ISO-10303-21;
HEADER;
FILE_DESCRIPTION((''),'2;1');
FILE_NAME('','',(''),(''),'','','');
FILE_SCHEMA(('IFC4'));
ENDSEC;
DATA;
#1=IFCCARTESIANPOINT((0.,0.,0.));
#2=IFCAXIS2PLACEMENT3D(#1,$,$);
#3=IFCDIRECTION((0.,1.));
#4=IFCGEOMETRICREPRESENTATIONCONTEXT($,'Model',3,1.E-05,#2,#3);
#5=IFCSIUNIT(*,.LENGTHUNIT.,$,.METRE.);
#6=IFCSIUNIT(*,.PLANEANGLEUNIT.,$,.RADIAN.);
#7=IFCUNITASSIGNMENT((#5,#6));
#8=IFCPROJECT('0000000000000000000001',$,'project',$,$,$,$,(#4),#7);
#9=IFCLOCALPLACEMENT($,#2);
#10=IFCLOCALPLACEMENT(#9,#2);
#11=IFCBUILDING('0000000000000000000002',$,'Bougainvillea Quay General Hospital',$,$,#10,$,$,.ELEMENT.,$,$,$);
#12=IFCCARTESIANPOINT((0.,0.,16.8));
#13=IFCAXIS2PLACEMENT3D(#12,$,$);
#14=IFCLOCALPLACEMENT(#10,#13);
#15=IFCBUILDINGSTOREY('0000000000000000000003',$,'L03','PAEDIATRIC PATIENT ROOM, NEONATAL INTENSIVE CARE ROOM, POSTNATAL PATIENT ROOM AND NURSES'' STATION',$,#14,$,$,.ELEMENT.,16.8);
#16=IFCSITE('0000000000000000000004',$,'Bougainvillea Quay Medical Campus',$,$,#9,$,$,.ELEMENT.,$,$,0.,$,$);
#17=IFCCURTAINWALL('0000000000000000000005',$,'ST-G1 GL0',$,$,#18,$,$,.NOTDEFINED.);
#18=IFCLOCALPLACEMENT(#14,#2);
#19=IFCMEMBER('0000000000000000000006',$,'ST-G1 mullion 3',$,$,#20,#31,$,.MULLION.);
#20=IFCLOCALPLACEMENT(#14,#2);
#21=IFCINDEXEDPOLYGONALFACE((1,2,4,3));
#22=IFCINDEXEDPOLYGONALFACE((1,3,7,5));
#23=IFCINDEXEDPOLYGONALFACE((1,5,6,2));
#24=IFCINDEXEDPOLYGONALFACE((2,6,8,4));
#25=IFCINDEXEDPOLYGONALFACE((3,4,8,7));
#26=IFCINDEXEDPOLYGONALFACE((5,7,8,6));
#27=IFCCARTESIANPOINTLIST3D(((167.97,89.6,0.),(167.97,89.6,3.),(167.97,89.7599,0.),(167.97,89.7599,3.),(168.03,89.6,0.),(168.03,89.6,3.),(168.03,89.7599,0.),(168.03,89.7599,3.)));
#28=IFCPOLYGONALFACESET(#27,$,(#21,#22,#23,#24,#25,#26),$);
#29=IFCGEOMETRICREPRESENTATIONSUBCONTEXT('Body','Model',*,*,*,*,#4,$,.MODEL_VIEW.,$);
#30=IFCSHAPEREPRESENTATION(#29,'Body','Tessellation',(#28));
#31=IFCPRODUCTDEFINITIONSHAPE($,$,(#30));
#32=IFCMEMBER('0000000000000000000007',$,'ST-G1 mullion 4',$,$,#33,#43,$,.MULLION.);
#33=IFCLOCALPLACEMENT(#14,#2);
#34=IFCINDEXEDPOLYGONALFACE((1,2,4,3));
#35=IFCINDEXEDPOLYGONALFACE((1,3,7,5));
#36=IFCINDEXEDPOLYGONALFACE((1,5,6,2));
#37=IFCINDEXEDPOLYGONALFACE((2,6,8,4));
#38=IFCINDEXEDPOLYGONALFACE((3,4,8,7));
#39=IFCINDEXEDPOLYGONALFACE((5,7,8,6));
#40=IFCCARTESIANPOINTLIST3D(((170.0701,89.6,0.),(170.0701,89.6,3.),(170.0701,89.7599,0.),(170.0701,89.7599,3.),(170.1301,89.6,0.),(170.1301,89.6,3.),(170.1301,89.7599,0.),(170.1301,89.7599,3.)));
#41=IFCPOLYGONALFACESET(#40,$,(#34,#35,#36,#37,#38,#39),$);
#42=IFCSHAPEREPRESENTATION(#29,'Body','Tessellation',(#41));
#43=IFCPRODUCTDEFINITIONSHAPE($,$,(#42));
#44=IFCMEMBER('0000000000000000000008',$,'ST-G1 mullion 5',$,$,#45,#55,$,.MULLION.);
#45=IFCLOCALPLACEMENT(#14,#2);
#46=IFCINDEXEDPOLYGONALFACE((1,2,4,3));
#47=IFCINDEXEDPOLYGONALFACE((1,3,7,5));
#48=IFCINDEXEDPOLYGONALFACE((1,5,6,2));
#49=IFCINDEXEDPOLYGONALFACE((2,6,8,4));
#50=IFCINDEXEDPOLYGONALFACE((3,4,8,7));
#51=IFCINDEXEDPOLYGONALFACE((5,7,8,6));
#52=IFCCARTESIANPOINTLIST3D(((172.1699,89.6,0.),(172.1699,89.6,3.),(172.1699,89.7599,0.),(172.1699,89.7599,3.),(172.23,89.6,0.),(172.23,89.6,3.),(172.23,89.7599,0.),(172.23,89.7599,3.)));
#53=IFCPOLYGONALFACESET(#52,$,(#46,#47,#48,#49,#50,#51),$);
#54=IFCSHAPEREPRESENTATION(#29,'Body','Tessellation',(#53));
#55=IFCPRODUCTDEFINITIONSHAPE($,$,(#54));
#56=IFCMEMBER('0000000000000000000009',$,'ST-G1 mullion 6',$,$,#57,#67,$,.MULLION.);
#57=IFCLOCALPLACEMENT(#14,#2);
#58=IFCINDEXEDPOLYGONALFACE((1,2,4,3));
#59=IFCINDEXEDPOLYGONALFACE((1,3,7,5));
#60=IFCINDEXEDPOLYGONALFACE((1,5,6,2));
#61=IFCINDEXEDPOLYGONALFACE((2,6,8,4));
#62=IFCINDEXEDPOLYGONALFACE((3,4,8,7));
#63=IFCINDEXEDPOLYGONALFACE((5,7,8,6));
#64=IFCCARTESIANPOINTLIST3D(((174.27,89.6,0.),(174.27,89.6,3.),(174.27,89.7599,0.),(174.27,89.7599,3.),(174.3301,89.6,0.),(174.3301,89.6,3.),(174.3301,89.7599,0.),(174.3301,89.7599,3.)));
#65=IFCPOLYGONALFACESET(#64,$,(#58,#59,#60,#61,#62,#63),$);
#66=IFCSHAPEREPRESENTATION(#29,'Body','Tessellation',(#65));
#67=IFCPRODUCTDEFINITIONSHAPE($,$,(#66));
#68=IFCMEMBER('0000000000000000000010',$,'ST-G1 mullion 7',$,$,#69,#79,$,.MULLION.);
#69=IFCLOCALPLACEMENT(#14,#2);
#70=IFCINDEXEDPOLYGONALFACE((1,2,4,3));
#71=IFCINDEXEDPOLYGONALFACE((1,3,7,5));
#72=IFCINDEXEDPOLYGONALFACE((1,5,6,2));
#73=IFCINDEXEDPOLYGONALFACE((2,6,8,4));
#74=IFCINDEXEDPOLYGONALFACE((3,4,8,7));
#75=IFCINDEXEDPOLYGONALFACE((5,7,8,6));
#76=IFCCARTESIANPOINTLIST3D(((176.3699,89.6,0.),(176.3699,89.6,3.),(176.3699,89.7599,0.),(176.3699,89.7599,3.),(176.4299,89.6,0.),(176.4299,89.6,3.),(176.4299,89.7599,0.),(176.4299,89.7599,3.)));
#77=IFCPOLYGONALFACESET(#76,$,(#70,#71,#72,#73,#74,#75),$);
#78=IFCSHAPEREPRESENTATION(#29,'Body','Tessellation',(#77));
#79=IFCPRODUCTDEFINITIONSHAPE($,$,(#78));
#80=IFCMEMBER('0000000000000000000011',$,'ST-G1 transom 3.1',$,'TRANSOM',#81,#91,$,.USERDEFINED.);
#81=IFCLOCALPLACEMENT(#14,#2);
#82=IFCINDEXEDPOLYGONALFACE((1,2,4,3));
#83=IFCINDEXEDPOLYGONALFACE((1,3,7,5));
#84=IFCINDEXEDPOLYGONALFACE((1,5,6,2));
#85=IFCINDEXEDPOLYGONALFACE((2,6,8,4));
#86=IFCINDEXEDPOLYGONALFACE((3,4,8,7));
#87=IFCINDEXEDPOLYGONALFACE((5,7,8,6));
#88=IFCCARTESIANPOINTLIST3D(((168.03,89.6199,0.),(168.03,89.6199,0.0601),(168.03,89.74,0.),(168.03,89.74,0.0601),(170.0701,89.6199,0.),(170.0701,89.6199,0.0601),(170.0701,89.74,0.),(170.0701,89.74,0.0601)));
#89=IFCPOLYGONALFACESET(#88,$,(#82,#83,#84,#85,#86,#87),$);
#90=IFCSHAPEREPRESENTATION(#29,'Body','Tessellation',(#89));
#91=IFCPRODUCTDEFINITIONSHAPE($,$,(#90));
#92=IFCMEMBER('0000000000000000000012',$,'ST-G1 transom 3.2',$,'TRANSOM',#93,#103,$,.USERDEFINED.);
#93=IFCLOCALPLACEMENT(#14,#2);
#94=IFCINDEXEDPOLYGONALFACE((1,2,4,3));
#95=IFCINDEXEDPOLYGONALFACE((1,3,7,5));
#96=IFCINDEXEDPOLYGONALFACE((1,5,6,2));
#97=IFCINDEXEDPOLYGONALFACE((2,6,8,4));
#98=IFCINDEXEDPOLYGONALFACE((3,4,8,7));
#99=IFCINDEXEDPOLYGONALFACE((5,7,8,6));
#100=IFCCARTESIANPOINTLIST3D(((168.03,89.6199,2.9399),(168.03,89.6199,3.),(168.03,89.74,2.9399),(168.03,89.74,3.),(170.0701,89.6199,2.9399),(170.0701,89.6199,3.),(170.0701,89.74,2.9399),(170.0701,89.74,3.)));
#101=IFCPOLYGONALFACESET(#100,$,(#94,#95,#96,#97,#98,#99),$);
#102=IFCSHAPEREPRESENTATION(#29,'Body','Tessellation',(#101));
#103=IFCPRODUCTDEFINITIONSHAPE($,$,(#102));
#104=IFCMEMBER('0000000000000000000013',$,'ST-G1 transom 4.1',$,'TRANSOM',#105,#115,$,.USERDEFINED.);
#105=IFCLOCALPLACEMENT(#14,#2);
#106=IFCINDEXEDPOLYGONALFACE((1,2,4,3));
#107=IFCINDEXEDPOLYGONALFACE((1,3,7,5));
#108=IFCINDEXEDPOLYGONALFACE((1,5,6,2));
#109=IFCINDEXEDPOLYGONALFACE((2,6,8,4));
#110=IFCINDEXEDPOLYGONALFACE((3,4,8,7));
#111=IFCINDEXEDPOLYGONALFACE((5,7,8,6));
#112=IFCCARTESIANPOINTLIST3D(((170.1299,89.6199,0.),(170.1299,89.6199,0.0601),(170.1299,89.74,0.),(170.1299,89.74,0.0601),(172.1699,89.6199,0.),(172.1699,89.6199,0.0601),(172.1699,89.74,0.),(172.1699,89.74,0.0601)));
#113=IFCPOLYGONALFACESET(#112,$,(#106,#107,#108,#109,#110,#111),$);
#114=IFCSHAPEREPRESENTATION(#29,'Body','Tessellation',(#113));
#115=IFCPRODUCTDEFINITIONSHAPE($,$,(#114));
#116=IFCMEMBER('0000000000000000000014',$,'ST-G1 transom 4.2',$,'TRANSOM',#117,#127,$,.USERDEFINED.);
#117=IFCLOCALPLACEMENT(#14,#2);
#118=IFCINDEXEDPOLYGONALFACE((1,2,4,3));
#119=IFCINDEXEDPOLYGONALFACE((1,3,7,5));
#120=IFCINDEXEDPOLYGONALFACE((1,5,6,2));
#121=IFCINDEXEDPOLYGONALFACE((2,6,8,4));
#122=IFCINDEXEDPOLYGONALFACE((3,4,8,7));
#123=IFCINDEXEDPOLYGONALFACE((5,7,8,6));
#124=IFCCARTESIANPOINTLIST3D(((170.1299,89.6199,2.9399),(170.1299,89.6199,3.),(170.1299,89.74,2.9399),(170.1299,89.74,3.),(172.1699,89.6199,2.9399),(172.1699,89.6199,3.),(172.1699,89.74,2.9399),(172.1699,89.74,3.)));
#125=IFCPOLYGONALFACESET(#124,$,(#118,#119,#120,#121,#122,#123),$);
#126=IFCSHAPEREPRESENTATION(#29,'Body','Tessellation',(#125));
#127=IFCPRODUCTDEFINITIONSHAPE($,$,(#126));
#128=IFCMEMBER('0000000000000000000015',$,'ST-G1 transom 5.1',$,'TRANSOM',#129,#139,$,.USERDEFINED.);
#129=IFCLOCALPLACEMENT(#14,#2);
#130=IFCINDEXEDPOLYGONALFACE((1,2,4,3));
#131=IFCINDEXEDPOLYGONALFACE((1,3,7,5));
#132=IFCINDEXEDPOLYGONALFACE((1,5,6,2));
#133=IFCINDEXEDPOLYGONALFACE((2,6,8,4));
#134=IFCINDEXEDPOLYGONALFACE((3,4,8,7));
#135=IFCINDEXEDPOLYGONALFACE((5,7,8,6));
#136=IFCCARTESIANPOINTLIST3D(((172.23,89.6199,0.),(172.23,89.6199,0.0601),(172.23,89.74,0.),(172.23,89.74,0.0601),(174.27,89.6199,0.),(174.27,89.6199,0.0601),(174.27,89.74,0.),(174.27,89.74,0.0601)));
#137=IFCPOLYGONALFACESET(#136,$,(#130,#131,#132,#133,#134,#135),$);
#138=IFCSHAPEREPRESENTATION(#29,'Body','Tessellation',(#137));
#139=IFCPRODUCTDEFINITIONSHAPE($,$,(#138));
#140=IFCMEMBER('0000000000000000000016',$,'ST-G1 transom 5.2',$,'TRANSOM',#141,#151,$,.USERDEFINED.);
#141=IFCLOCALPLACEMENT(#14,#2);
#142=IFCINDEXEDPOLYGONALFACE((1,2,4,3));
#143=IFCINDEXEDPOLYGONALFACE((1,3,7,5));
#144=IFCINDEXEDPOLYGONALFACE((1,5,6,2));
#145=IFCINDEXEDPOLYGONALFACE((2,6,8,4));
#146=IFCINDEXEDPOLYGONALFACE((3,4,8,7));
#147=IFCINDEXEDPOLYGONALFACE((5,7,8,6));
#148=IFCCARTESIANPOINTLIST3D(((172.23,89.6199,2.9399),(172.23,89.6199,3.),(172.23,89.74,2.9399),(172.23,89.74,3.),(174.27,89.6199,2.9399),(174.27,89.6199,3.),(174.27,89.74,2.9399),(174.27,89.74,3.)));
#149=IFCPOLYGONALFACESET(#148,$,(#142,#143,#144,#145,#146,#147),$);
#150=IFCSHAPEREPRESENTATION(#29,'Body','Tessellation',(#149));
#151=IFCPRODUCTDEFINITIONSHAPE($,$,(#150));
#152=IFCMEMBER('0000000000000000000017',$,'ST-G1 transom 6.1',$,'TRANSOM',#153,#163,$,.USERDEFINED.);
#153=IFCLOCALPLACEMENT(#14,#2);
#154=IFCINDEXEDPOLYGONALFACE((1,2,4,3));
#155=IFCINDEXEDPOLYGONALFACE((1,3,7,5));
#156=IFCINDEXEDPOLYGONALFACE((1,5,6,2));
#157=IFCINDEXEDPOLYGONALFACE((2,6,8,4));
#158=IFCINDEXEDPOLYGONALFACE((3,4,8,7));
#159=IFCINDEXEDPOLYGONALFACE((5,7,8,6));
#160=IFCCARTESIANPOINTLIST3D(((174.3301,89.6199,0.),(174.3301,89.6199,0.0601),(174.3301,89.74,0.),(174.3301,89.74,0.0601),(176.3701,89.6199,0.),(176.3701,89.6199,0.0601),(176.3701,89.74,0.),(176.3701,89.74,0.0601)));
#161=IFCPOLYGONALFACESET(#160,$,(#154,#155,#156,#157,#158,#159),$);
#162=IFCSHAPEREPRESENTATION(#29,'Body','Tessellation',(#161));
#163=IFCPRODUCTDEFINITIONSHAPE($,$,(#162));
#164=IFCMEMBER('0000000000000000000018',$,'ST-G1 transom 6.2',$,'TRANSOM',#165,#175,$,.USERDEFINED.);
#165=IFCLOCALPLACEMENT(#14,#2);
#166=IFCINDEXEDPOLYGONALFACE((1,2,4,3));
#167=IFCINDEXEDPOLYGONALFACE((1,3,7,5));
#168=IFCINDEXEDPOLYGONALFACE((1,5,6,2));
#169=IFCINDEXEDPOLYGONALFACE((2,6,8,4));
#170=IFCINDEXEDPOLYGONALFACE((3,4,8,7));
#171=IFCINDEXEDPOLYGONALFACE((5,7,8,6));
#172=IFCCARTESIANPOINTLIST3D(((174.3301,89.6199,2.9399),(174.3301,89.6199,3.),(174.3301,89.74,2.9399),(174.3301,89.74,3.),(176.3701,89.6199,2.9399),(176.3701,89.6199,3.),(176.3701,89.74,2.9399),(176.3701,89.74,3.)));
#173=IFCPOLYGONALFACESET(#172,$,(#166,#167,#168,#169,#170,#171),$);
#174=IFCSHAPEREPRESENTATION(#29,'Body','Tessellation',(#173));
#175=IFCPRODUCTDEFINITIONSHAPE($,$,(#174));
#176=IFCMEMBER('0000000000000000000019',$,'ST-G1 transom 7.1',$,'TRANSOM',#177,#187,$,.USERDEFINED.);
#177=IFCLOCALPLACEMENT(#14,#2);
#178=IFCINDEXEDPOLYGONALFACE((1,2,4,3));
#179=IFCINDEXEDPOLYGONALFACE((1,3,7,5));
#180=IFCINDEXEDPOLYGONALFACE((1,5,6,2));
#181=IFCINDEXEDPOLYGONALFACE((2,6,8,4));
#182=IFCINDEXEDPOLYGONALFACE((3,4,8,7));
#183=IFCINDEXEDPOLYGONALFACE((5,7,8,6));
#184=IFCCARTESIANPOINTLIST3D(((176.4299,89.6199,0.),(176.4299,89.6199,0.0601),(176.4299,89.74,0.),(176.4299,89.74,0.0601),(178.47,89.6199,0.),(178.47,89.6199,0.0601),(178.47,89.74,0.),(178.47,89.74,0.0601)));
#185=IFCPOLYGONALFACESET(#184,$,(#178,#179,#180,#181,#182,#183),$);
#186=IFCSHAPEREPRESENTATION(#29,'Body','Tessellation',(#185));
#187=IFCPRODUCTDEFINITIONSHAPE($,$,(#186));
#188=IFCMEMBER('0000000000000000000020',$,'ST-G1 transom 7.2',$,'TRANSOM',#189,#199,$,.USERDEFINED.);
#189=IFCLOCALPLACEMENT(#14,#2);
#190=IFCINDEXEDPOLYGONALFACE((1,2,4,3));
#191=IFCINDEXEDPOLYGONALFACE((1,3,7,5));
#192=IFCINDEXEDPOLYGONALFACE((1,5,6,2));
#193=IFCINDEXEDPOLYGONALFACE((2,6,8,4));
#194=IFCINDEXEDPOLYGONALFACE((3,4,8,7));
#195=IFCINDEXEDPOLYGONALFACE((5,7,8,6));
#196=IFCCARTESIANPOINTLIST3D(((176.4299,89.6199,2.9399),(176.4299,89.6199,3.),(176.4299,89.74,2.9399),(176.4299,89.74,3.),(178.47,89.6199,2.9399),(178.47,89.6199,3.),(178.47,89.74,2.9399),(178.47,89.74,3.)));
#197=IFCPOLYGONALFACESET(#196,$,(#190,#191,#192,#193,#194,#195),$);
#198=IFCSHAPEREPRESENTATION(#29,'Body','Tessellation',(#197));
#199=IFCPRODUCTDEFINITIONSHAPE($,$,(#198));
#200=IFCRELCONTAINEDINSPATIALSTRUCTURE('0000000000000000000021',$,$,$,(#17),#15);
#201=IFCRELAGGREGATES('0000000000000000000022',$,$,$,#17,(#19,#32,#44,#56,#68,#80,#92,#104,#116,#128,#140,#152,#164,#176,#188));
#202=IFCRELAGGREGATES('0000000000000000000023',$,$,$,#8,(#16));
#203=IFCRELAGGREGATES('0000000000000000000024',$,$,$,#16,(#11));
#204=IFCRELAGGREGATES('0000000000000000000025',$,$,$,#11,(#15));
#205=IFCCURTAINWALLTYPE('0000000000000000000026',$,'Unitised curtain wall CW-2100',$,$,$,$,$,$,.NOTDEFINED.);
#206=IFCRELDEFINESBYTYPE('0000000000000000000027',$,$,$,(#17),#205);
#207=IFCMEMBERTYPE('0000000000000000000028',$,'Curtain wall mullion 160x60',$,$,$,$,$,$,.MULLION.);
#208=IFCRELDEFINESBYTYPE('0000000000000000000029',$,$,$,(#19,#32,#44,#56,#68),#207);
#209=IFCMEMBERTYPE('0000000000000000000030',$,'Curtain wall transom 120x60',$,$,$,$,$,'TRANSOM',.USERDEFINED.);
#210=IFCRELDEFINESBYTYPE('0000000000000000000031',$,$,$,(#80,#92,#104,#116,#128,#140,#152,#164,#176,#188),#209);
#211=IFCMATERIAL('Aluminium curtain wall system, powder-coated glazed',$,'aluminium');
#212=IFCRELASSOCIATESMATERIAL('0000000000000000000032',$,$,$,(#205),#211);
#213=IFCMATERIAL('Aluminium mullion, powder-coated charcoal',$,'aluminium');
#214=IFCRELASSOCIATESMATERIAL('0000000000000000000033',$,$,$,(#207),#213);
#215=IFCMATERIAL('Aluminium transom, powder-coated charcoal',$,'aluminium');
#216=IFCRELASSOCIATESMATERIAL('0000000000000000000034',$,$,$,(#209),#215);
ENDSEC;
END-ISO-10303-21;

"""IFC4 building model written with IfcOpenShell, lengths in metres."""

from ifc_helpers import new_model, si_unit, direction, frame, origin, origin_2d, place, context, subcontext, project, spatial, rectangle, extrude, material, material_profile, profile_set, type_object, element, aggregate, save


model = new_model("IFC4")

# Units and contexts
model_context = context("Model", 3, precision=1e-05, world=origin(), true_north=direction((0.0, 1.0)))
body_context = subcontext(model_context, "Body", "Model", "MODEL_VIEW")
ifc_project = project(units=[si_unit("LENGTHUNIT", "METRE"), si_unit("PLANEANGLEUNIT", "RADIAN")], contexts=[model_context])

# Site, building, storey
site_placement = place(None, origin())
site = spatial("IfcSite", under=ifc_project, at=site_placement, Name="Bougainvillea Quay Medical Campus", CompositionType="ELEMENT", RefElevation=0.0)
building_placement = place(site_placement, origin())
building = spatial("IfcBuilding", under=site, at=building_placement, Name="Bougainvillea Quay General Hospital", CompositionType="ELEMENT")
storey_placement = place(building_placement, frame((0.0, 0.0, 16.8)))
storey = spatial("IfcBuildingStorey", under=building, at=storey_placement, Name="L03", Description="PAEDIATRIC PATIENT ROOM, NEONATAL INTENSIVE CARE ROOM, POSTNATAL PATIENT ROOM AND NURSES' STATION", CompositionType="ELEMENT", Elevation=16.8)

# Curtain wall, members
ifc_material_1 = material(Name="Aluminium curtain wall system, powder-coated glazed", Category="aluminium")
curtain_wall_type = type_object("IfcCurtainWallType", Name="Unitised curtain wall CW-2100", PredefinedType="NOTDEFINED", material=ifc_material_1)
curtain_wall_placement = place(storey_placement, origin())
curtain_wall = element("IfcCurtainWall", 1, at=curtain_wall_placement, inside=storey, type_object=curtain_wall_type, Name="ST-G1 GL0", PredefinedType="NOTDEFINED")
ifc_material_2 = material(Name="Aluminium mullion, powder-coated charcoal", Category="aluminium")
ifc_material_profile_1 = material_profile(ifc_material_2, rectangle(XDim=0.1599, YDim=0.0601, at=origin_2d()))
ifc_profile_set_1 = profile_set([ifc_material_profile_1], Name="Aluminium mullion, powder-coated charcoal")
member_type_1 = type_object("IfcMemberType", Name="Curtain wall mullion 160x60", PredefinedType="MULLION", material=ifc_profile_set_1)
member_1_placement = place(storey_placement, frame((168.0, 89.6799, 0.0), z_axis=(0.0, 0.0, 1.0), x_axis=(0.0, 1.0, 0.0)))
member_1 = element("IfcMember", 2, at=member_1_placement, type_object=member_type_1, Name="ST-G1 mullion 3", PredefinedType="MULLION", context=body_context, shape_type="SweptSolid", body=[
    extrude(rectangle(XDim=0.1599, YDim=0.0601, at=origin_2d()), origin(), (0.0, 0.0, 1.0), 3.0),
])
member_2_placement = place(storey_placement, frame((170.1001, 89.6799, 0.0), z_axis=(0.0, 0.0, 1.0), x_axis=(0.0, 1.0, 0.0)))
member_2 = element("IfcMember", 3, at=member_2_placement, type_object=member_type_1, Name="ST-G1 mullion 4", PredefinedType="MULLION", context=body_context, shape_type="SweptSolid", body=[
    extrude(rectangle(XDim=0.1599, YDim=0.0601, at=origin_2d()), origin(), (0.0, 0.0, 1.0), 3.0),
])
member_3_placement = place(storey_placement, frame((172.2, 89.6799, 0.0), z_axis=(0.0, 0.0, 1.0), x_axis=(0.0, 1.0, 0.0)))
member_3 = element("IfcMember", 4, at=member_3_placement, type_object=member_type_1, Name="ST-G1 mullion 5", PredefinedType="MULLION", context=body_context, shape_type="SweptSolid", body=[
    extrude(rectangle(XDim=0.1599, YDim=0.0601, at=origin_2d()), origin(), (0.0, 0.0, 1.0), 3.0),
])
member_4_placement = place(storey_placement, frame((174.3, 89.6799, 0.0), z_axis=(0.0, 0.0, 1.0), x_axis=(0.0, 1.0, 0.0)))
member_4 = element("IfcMember", 5, at=member_4_placement, type_object=member_type_1, Name="ST-G1 mullion 6", PredefinedType="MULLION", context=body_context, shape_type="SweptSolid", body=[
    extrude(rectangle(XDim=0.1599, YDim=0.0601, at=origin_2d()), origin(), (0.0, 0.0, 1.0), 3.0),
])
member_5_placement = place(storey_placement, frame((176.3999, 89.6799, 0.0), z_axis=(0.0, 0.0, 1.0), x_axis=(0.0, 1.0, 0.0)))
member_5 = element("IfcMember", 6, at=member_5_placement, type_object=member_type_1, Name="ST-G1 mullion 7", PredefinedType="MULLION", context=body_context, shape_type="SweptSolid", body=[
    extrude(rectangle(XDim=0.1599, YDim=0.0601, at=origin_2d()), origin(), (0.0, 0.0, 1.0), 3.0),
])
ifc_material_3 = material(Name="Aluminium transom, powder-coated charcoal", Category="aluminium")
ifc_material_profile_2 = material_profile(ifc_material_3, rectangle(XDim=0.1201, YDim=0.0601, at=origin_2d()))
ifc_profile_set_2 = profile_set([ifc_material_profile_2], Name="Aluminium transom, powder-coated charcoal")
member_type_2 = type_object("IfcMemberType", Name="Curtain wall transom 120x60", ElementType="TRANSOM", PredefinedType="USERDEFINED", material=ifc_profile_set_2)
member_6_placement = place(storey_placement, frame((168.03, 89.6799, 0.03), z_axis=(1.0, 0.0, 0.0), x_axis=(0.0, 1.0, 0.0)))
member_6 = element("IfcMember", 7, at=member_6_placement, type_object=member_type_2, Name="ST-G1 transom 3.1", ObjectType="TRANSOM", PredefinedType="USERDEFINED", context=body_context, shape_type="SweptSolid", body=[
    extrude(rectangle(XDim=0.1201, YDim=0.0601, at=origin_2d()), origin(), (0.0, 0.0, 1.0), 2.04),
])
member_7_placement = place(storey_placement, frame((168.03, 89.6799, 2.97), z_axis=(1.0, 0.0, 0.0), x_axis=(0.0, 1.0, 0.0)))
member_7 = element("IfcMember", 8, at=member_7_placement, type_object=member_type_2, Name="ST-G1 transom 3.2", ObjectType="TRANSOM", PredefinedType="USERDEFINED", context=body_context, shape_type="SweptSolid", body=[
    extrude(rectangle(XDim=0.1201, YDim=0.0601, at=origin_2d()), origin(), (0.0, 0.0, 1.0), 2.04),
])
member_8_placement = place(storey_placement, frame((170.1299, 89.6799, 0.03), z_axis=(1.0, 0.0, 0.0), x_axis=(0.0, 1.0, 0.0)))
member_8 = element("IfcMember", 9, at=member_8_placement, type_object=member_type_2, Name="ST-G1 transom 4.1", ObjectType="TRANSOM", PredefinedType="USERDEFINED", context=body_context, shape_type="SweptSolid", body=[
    extrude(rectangle(XDim=0.1201, YDim=0.0601, at=origin_2d()), origin(), (0.0, 0.0, 1.0), 2.04),
])
member_9_placement = place(storey_placement, frame((170.1299, 89.6799, 2.97), z_axis=(1.0, 0.0, 0.0), x_axis=(0.0, 1.0, 0.0)))
member_9 = element("IfcMember", 10, at=member_9_placement, type_object=member_type_2, Name="ST-G1 transom 4.2", ObjectType="TRANSOM", PredefinedType="USERDEFINED", context=body_context, shape_type="SweptSolid", body=[
    extrude(rectangle(XDim=0.1201, YDim=0.0601, at=origin_2d()), origin(), (0.0, 0.0, 1.0), 2.04),
])
member_10_placement = place(storey_placement, frame((172.23, 89.6799, 0.03), z_axis=(1.0, 0.0, 0.0), x_axis=(0.0, 1.0, 0.0)))
member_10 = element("IfcMember", 11, at=member_10_placement, type_object=member_type_2, Name="ST-G1 transom 5.1", ObjectType="TRANSOM", PredefinedType="USERDEFINED", context=body_context, shape_type="SweptSolid", body=[
    extrude(rectangle(XDim=0.1201, YDim=0.0601, at=origin_2d()), origin(), (0.0, 0.0, 1.0), 2.04),
])
member_11_placement = place(storey_placement, frame((172.23, 89.6799, 2.97), z_axis=(1.0, 0.0, 0.0), x_axis=(0.0, 1.0, 0.0)))
member_11 = element("IfcMember", 12, at=member_11_placement, type_object=member_type_2, Name="ST-G1 transom 5.2", ObjectType="TRANSOM", PredefinedType="USERDEFINED", context=body_context, shape_type="SweptSolid", body=[
    extrude(rectangle(XDim=0.1201, YDim=0.0601, at=origin_2d()), origin(), (0.0, 0.0, 1.0), 2.04),
])
member_12_placement = place(storey_placement, frame((174.3301, 89.6799, 0.03), z_axis=(1.0, 0.0, 0.0), x_axis=(0.0, 1.0, 0.0)))
member_12 = element("IfcMember", 13, at=member_12_placement, type_object=member_type_2, Name="ST-G1 transom 6.1", ObjectType="TRANSOM", PredefinedType="USERDEFINED", context=body_context, shape_type="SweptSolid", body=[
    extrude(rectangle(XDim=0.1201, YDim=0.0601, at=origin_2d()), origin(), (0.0, 0.0, 1.0), 2.04),
])
member_13_placement = place(storey_placement, frame((174.3301, 89.6799, 2.97), z_axis=(1.0, 0.0, 0.0), x_axis=(0.0, 1.0, 0.0)))
member_13 = element("IfcMember", 14, at=member_13_placement, type_object=member_type_2, Name="ST-G1 transom 6.2", ObjectType="TRANSOM", PredefinedType="USERDEFINED", context=body_context, shape_type="SweptSolid", body=[
    extrude(rectangle(XDim=0.1201, YDim=0.0601, at=origin_2d()), origin(), (0.0, 0.0, 1.0), 2.04),
])
member_14_placement = place(storey_placement, frame((176.4299, 89.6799, 0.03), z_axis=(1.0, 0.0, 0.0), x_axis=(0.0, 1.0, 0.0)))
member_14 = element("IfcMember", 15, at=member_14_placement, type_object=member_type_2, Name="ST-G1 transom 7.1", ObjectType="TRANSOM", PredefinedType="USERDEFINED", context=body_context, shape_type="SweptSolid", body=[
    extrude(rectangle(XDim=0.1201, YDim=0.0601, at=origin_2d()), origin(), (0.0, 0.0, 1.0), 2.04),
])
member_15_placement = place(storey_placement, frame((176.4299, 89.6799, 2.97), z_axis=(1.0, 0.0, 0.0), x_axis=(0.0, 1.0, 0.0)))
member_15 = element("IfcMember", 16, at=member_15_placement, type_object=member_type_2, Name="ST-G1 transom 7.2", ObjectType="TRANSOM", PredefinedType="USERDEFINED", context=body_context, shape_type="SweptSolid", body=[
    extrude(rectangle(XDim=0.1201, YDim=0.0601, at=origin_2d()), origin(), (0.0, 0.0, 1.0), 2.04),
])
aggregate(curtain_wall, [member_1, member_2, member_3, member_4, member_5, member_6, member_7, member_8, member_9, member_10, member_11, member_12, member_13, member_14, member_15])

save(model, "model.ifc")
